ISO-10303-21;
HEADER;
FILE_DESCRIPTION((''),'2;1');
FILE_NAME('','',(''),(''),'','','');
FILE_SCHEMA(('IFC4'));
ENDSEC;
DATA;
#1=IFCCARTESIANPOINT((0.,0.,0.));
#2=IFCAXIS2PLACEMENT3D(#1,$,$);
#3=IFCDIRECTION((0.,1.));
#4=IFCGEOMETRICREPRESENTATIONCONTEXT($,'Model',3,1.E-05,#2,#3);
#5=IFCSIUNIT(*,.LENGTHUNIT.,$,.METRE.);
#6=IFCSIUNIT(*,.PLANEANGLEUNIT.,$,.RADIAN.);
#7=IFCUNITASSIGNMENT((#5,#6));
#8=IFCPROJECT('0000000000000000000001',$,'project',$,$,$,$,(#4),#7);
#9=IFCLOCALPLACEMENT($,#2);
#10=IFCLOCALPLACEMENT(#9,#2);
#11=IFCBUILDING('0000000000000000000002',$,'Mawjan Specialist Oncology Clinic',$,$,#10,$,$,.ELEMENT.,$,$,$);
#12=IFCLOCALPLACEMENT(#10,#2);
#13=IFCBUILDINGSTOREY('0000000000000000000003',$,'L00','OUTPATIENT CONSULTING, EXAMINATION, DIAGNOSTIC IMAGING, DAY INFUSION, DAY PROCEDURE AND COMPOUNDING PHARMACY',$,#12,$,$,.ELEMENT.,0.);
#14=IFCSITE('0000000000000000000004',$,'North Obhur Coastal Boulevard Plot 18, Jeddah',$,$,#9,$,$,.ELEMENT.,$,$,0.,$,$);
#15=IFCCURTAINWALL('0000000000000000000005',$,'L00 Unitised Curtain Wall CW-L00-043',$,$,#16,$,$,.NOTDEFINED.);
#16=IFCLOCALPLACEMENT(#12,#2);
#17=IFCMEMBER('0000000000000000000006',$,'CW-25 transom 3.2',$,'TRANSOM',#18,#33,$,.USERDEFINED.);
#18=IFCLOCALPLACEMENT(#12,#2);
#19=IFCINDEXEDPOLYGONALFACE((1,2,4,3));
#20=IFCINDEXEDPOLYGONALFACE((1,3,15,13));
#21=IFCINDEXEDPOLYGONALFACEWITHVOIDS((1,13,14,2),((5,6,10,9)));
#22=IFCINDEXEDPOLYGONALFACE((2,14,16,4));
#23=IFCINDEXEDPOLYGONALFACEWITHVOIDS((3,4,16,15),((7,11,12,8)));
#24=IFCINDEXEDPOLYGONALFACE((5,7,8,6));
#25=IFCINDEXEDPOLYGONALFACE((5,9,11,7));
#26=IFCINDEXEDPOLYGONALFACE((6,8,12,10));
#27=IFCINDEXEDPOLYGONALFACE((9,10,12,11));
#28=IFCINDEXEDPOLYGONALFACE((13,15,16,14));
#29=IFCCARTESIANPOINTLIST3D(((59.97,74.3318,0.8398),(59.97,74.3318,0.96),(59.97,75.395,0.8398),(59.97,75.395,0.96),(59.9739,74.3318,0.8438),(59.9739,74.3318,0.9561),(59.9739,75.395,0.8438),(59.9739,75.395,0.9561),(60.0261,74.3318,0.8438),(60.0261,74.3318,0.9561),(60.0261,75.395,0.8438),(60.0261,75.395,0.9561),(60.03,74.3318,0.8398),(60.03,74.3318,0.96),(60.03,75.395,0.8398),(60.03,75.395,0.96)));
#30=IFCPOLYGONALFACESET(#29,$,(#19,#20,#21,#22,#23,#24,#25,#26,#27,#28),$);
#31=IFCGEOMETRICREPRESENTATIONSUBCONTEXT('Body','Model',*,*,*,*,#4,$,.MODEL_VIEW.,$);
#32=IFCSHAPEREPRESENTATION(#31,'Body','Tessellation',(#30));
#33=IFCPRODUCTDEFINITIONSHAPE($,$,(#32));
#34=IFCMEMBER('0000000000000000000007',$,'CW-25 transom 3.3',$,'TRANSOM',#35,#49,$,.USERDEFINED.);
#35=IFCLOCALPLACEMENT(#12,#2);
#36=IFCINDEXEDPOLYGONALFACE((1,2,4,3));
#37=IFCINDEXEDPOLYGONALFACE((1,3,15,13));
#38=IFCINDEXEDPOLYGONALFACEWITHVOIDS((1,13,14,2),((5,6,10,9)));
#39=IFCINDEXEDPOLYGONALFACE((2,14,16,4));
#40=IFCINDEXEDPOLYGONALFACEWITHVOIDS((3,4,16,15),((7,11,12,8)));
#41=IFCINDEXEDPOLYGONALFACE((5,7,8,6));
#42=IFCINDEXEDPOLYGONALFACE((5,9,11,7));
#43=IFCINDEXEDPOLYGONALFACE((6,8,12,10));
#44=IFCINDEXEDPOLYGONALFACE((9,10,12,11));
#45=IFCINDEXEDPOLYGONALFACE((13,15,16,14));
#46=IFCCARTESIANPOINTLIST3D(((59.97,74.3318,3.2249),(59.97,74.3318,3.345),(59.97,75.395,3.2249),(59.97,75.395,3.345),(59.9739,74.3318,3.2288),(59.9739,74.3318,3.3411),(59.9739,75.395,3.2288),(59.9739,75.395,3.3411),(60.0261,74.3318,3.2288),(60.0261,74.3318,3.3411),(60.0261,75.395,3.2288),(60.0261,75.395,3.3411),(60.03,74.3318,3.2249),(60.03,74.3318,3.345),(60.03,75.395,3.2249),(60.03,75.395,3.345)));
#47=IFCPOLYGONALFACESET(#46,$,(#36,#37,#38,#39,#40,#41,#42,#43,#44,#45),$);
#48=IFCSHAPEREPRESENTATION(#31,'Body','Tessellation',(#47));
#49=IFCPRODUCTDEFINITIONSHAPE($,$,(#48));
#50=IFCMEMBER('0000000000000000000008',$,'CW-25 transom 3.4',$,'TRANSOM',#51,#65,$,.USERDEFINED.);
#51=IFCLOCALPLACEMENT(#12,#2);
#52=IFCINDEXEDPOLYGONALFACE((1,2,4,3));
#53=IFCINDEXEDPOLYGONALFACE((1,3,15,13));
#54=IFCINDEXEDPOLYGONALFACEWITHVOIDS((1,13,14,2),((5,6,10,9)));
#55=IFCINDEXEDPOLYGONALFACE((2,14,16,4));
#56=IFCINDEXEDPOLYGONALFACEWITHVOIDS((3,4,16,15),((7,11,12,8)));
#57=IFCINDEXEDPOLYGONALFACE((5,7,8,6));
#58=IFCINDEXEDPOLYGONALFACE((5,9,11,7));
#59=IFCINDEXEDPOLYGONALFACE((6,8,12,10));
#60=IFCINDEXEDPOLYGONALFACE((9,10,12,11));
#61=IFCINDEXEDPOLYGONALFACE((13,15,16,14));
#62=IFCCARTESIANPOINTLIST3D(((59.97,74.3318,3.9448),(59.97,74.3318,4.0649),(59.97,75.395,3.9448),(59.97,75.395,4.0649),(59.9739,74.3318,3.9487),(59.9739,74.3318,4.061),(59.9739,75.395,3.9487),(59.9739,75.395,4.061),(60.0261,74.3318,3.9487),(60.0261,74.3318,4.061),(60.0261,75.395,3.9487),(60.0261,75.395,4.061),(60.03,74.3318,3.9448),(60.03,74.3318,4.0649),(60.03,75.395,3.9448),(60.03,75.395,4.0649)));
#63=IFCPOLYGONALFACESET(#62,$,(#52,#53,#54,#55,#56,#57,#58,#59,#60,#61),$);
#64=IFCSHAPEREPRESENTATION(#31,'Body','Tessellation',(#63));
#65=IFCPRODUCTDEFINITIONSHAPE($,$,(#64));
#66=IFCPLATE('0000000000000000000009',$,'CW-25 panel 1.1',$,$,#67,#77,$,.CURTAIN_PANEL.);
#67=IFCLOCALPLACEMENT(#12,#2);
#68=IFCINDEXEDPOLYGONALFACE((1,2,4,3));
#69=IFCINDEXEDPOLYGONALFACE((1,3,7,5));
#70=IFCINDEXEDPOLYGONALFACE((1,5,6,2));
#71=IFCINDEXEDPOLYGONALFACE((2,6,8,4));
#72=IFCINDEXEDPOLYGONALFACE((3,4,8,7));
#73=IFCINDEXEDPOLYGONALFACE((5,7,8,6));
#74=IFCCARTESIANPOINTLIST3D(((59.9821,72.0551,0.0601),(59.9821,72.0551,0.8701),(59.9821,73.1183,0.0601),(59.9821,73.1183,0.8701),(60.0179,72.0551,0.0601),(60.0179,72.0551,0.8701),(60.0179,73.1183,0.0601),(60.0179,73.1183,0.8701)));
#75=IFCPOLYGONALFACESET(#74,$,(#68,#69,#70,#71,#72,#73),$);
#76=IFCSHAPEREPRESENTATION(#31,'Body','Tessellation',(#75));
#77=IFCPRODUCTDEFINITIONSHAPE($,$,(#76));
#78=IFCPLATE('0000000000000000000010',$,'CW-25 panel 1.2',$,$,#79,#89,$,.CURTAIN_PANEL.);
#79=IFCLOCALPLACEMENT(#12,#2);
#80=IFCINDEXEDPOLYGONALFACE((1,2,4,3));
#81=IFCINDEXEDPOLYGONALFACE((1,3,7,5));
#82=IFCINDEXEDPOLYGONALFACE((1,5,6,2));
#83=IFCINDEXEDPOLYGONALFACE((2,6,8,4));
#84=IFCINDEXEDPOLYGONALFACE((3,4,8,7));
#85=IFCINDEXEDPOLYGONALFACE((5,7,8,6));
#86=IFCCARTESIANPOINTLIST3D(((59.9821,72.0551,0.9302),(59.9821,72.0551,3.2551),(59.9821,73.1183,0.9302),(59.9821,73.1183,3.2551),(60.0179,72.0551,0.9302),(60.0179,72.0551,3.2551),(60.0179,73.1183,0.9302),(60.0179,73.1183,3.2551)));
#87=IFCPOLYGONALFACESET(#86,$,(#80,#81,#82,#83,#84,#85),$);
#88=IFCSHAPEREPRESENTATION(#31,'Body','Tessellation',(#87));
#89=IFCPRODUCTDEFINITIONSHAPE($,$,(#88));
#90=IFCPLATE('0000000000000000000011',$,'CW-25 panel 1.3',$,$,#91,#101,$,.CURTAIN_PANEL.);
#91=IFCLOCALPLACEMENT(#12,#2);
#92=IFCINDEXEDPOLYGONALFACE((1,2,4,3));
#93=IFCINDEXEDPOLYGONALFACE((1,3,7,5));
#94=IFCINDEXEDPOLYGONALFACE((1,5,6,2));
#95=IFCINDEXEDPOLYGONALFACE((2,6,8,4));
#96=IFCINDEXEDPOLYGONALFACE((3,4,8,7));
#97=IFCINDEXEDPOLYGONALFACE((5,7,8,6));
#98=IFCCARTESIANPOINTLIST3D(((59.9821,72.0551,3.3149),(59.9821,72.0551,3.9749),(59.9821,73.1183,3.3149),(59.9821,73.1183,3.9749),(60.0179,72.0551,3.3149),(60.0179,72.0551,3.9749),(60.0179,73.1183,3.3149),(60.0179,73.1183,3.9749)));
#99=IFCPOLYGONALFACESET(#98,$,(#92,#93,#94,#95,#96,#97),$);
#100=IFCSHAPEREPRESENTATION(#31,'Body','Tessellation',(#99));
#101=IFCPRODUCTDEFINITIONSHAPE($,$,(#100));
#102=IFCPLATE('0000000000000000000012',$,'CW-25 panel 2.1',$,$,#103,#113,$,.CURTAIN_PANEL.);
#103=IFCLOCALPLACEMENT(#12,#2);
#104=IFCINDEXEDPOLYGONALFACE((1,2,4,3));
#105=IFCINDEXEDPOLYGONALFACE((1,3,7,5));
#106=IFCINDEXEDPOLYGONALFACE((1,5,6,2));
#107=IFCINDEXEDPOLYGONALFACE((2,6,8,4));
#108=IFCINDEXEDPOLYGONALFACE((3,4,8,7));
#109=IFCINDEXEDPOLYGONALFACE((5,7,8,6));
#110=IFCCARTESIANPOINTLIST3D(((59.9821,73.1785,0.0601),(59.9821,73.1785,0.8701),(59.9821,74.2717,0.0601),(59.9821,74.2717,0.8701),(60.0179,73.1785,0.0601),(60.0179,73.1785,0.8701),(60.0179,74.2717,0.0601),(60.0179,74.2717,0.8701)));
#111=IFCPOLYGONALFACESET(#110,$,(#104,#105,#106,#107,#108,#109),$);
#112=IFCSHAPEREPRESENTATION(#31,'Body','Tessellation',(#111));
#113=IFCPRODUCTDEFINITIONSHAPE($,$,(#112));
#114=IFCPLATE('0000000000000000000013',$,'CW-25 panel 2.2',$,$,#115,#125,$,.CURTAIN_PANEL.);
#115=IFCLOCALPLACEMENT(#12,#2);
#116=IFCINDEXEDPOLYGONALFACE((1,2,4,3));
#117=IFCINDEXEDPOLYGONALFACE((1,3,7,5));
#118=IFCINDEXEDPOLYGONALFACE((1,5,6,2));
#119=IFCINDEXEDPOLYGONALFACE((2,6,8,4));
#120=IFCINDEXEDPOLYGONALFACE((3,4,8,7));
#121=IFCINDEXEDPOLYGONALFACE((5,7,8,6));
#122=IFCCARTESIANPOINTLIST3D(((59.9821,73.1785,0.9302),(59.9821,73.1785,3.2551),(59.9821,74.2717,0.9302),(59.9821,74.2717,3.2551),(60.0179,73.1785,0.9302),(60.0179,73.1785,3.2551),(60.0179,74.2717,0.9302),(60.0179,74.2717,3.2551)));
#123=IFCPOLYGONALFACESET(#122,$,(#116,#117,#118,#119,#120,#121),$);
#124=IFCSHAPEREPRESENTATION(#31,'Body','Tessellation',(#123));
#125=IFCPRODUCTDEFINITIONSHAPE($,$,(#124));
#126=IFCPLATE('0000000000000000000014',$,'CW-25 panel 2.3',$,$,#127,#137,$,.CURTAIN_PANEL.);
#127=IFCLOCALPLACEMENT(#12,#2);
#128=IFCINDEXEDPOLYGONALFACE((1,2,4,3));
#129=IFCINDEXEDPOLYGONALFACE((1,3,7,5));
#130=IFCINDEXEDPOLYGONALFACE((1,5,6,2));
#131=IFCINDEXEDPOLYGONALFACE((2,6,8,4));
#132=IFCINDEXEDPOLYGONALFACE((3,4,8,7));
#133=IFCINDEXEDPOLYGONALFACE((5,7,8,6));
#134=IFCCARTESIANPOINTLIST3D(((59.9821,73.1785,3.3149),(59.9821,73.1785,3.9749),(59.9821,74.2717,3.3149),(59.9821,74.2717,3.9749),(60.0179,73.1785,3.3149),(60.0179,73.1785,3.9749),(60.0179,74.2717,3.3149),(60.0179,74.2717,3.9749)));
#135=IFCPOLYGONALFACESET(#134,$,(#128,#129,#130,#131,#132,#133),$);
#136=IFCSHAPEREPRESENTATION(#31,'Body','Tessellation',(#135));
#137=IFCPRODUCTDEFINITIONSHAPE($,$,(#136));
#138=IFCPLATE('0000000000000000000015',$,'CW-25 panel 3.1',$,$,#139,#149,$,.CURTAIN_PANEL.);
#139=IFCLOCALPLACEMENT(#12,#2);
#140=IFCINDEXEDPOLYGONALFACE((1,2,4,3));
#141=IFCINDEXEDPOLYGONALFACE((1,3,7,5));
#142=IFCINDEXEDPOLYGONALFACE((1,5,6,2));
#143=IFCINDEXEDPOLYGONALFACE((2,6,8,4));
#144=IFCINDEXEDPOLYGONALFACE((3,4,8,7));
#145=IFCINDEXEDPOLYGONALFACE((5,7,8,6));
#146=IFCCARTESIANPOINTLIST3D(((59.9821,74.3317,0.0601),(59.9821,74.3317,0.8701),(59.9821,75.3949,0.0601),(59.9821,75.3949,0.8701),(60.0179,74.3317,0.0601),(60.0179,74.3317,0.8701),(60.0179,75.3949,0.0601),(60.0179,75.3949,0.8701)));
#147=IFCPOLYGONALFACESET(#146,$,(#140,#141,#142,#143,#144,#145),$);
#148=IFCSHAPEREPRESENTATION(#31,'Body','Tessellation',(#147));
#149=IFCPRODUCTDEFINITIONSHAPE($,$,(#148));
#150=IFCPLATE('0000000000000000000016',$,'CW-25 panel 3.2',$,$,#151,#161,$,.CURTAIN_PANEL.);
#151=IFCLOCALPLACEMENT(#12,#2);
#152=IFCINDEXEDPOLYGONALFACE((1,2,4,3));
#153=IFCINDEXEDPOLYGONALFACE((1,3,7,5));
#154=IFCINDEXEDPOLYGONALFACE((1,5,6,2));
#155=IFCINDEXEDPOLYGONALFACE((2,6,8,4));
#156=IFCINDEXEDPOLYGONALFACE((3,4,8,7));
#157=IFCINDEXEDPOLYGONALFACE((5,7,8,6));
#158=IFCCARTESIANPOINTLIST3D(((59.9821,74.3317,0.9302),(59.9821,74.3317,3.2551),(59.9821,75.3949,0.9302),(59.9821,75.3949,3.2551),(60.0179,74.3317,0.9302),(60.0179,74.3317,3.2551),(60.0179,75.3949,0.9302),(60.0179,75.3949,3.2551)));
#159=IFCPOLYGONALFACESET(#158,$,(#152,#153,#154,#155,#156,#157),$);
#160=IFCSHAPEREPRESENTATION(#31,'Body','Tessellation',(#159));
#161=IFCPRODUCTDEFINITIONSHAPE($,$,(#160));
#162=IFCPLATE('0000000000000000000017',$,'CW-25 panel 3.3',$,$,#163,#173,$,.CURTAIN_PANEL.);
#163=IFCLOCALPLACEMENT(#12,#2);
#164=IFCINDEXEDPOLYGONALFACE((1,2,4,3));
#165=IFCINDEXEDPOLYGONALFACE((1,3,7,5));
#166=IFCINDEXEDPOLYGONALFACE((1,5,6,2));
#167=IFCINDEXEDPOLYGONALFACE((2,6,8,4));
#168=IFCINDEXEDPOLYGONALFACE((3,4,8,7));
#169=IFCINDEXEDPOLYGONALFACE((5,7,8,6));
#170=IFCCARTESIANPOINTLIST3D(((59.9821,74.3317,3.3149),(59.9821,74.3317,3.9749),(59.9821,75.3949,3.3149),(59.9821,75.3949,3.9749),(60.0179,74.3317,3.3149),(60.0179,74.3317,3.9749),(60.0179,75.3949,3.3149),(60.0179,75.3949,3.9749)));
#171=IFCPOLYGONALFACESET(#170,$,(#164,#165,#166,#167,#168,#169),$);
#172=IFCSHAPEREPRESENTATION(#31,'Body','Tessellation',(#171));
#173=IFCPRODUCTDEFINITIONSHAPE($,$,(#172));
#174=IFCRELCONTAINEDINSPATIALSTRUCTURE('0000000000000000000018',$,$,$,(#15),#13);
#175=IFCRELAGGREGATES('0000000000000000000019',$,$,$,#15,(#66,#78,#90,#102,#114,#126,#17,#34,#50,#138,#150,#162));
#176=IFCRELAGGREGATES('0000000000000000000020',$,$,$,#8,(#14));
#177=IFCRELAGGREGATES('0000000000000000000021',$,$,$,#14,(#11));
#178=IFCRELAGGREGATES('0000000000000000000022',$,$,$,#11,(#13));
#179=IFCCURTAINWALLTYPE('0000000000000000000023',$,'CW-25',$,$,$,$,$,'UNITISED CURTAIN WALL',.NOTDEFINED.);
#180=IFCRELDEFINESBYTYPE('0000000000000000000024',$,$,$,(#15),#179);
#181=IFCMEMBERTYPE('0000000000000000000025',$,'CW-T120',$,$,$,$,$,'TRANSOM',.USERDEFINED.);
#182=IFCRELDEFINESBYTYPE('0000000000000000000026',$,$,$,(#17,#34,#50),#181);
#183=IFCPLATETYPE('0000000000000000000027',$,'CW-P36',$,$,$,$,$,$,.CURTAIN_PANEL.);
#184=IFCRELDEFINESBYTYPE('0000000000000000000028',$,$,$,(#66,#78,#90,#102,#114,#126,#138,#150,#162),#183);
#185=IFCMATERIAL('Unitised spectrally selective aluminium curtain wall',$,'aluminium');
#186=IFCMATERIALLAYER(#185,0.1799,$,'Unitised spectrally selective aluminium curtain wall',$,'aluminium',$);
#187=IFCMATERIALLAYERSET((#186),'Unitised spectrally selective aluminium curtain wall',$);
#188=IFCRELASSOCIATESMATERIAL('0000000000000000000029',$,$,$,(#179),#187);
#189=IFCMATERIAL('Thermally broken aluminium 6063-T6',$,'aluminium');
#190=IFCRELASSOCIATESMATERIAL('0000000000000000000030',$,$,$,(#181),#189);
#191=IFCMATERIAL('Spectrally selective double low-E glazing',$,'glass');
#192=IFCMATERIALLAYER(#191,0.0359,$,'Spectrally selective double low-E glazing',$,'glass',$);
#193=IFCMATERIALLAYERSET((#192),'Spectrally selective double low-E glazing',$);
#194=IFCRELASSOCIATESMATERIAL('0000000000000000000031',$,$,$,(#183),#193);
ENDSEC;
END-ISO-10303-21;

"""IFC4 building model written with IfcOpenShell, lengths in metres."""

from ifc_helpers import new_model, si_unit, direction, frame, origin, origin_2d, place, context, subcontext, project, spatial, rectangle, hollow_rectangle, extrude, material, layer, layer_set, material_profile, profile_set, type_object, element, aggregate, save


model = new_model("IFC4")

# Units and contexts
model_context = context("Model", 3, precision=1e-05, world=origin(), true_north=direction((0.0, 1.0)))
body_context = subcontext(model_context, "Body", "Model", "MODEL_VIEW")
ifc_project = project(units=[si_unit("LENGTHUNIT", "METRE"), si_unit("PLANEANGLEUNIT", "RADIAN")], contexts=[model_context])

# Site, building, storey
site_placement = place(None, origin())
site = spatial("IfcSite", under=ifc_project, at=site_placement, Name="North Obhur Coastal Boulevard Plot 18, Jeddah", CompositionType="ELEMENT", RefElevation=0.0)
building_placement = place(site_placement, origin())
building = spatial("IfcBuilding", under=site, at=building_placement, Name="Mawjan Specialist Oncology Clinic", CompositionType="ELEMENT")
storey_placement = place(building_placement, origin())
storey = spatial("IfcBuildingStorey", under=building, at=storey_placement, Name="L00", Description="OUTPATIENT CONSULTING, EXAMINATION, DIAGNOSTIC IMAGING, DAY INFUSION, DAY PROCEDURE AND COMPOUNDING PHARMACY", CompositionType="ELEMENT", Elevation=0.0)

# Curtain wall, members, plates
ifc_material_1 = material(Name="Unitised spectrally selective aluminium curtain wall", Category="aluminium")
ifc_layer_1 = layer(ifc_material_1, 0.1799, Name="Unitised spectrally selective aluminium curtain wall", Category="aluminium")
ifc_layer_set_1 = layer_set([ifc_layer_1], Name="Unitised spectrally selective aluminium curtain wall")
curtain_wall_type = type_object("IfcCurtainWallType", Name="CW-25", ElementType="UNITISED CURTAIN WALL", PredefinedType="NOTDEFINED", material=ifc_layer_set_1)
curtain_wall_placement = place(storey_placement, origin())
curtain_wall = element("IfcCurtainWall", 1, at=curtain_wall_placement, inside=storey, type_object=curtain_wall_type, Name="L00 Unitised Curtain Wall CW-L00-043", PredefinedType="NOTDEFINED")
ifc_material_2 = material(Name="Thermally broken aluminium 6063-T6", Category="aluminium")
ifc_material_profile_1 = material_profile(ifc_material_2, hollow_rectangle(XDim=0.0601, YDim=0.1201, WallThickness=0.0039, at=origin_2d()), Name="ALU TRANSOM 120x60x4", Category="aluminium")
ifc_profile_set_1 = profile_set([ifc_material_profile_1], Name="Thermally broken aluminium 6063-T6")
member_type_1 = type_object("IfcMemberType", Name="CW-T120", ElementType="TRANSOM", PredefinedType="USERDEFINED", material=ifc_profile_set_1)
member_1_placement = place(storey_placement, frame((60.0, 74.3318, 0.8999), z_axis=(0.0, 1.0, 0.0), x_axis=(-1.0, 0.0, 0.0)))
member_1 = element("IfcMember", 2, at=member_1_placement, type_object=member_type_1, Name="CW-25 transom 3.2", ObjectType="TRANSOM", PredefinedType="USERDEFINED", context=body_context, shape_type="SweptSolid", body=[
    extrude(hollow_rectangle(XDim=0.0601, YDim=0.1201, WallThickness=0.0039, at=origin_2d()), origin(), (0.0, 0.0, 1.0), 1.0632),
])
member_2_placement = place(storey_placement, frame((60.0, 74.3318, 3.2849), z_axis=(0.0, 1.0, 0.0), x_axis=(-1.0, 0.0, 0.0)))
member_2 = element("IfcMember", 3, at=member_2_placement, type_object=member_type_1, Name="CW-25 transom 3.3", ObjectType="TRANSOM", PredefinedType="USERDEFINED", context=body_context, shape_type="SweptSolid", body=[
    extrude(hollow_rectangle(XDim=0.0601, YDim=0.1201, WallThickness=0.0039, at=origin_2d()), origin(), (0.0, 0.0, 1.0), 1.0632),
])
member_3_placement = place(storey_placement, frame((60.0, 74.3318, 4.0049), z_axis=(0.0, 1.0, 0.0), x_axis=(-1.0, 0.0, 0.0)))
member_3 = element("IfcMember", 4, at=member_3_placement, type_object=member_type_1, Name="CW-25 transom 3.4", ObjectType="TRANSOM", PredefinedType="USERDEFINED", context=body_context, shape_type="SweptSolid", body=[
    extrude(hollow_rectangle(XDim=0.0601, YDim=0.1201, WallThickness=0.0039, at=origin_2d()), origin(), (0.0, 0.0, 1.0), 1.0632),
])
ifc_material_3 = material(Name="Spectrally selective double low-E glazing", Category="glass")
ifc_layer_2 = layer(ifc_material_3, 0.0359, Name="Spectrally selective double low-E glazing", Category="glass")
ifc_layer_set_2 = layer_set([ifc_layer_2], Name="Spectrally selective double low-E glazing")
plate_type = type_object("IfcPlateType", Name="CW-P36", PredefinedType="CURTAIN_PANEL", material=ifc_layer_set_2)
plate_1_placement = place(storey_placement, frame((60.0, 72.5867, 0.0601), z_axis=(0.0, 0.0, 1.0), x_axis=(0.0, 1.0, 0.0)))
plate_1 = element("IfcPlate", 5, at=plate_1_placement, type_object=plate_type, Name="CW-25 panel 1.1", PredefinedType="CURTAIN_PANEL", context=body_context, shape_type="SweptSolid", body=[
    extrude(rectangle(XDim=1.0632, YDim=0.0359, at=origin_2d()), origin(), (0.0, 0.0, 1.0), 0.8101),
])
plate_2_placement = place(storey_placement, frame((60.0, 72.5867, 0.9302), z_axis=(0.0, 0.0, 1.0), x_axis=(0.0, 1.0, 0.0)))
plate_2 = element("IfcPlate", 6, at=plate_2_placement, type_object=plate_type, Name="CW-25 panel 1.2", PredefinedType="CURTAIN_PANEL", context=body_context, shape_type="SweptSolid", body=[
    extrude(rectangle(XDim=1.0632, YDim=0.0359, at=origin_2d()), origin(), (0.0, 0.0, 1.0), 2.325),
])
plate_3_placement = place(storey_placement, frame((60.0, 72.5867, 3.3149), z_axis=(0.0, 0.0, 1.0), x_axis=(0.0, 1.0, 0.0)))
plate_3 = element("IfcPlate", 7, at=plate_3_placement, type_object=plate_type, Name="CW-25 panel 1.3", PredefinedType="CURTAIN_PANEL", context=body_context, shape_type="SweptSolid", body=[
    extrude(rectangle(XDim=1.0632, YDim=0.0359, at=origin_2d()), origin(), (0.0, 0.0, 1.0), 0.6599),
])
plate_4_placement = place(storey_placement, frame((60.0, 73.7251, 0.0601), z_axis=(0.0, 0.0, 1.0), x_axis=(0.0, 1.0, 0.0)))
plate_4 = element("IfcPlate", 8, at=plate_4_placement, type_object=plate_type, Name="CW-25 panel 2.1", PredefinedType="CURTAIN_PANEL", context=body_context, shape_type="SweptSolid", body=[
    extrude(rectangle(XDim=1.0933, YDim=0.0359, at=origin_2d()), origin(), (0.0, 0.0, 1.0), 0.8101),
])
plate_5_placement = place(storey_placement, frame((60.0, 73.7251, 0.9302), z_axis=(0.0, 0.0, 1.0), x_axis=(0.0, 1.0, 0.0)))
plate_5 = element("IfcPlate", 9, at=plate_5_placement, type_object=plate_type, Name="CW-25 panel 2.2", PredefinedType="CURTAIN_PANEL", context=body_context, shape_type="SweptSolid", body=[
    extrude(rectangle(XDim=1.0933, YDim=0.0359, at=origin_2d()), origin(), (0.0, 0.0, 1.0), 2.325),
])
plate_6_placement = place(storey_placement, frame((60.0, 73.7251, 3.3149), z_axis=(0.0, 0.0, 1.0), x_axis=(0.0, 1.0, 0.0)))
plate_6 = element("IfcPlate", 10, at=plate_6_placement, type_object=plate_type, Name="CW-25 panel 2.3", PredefinedType="CURTAIN_PANEL", context=body_context, shape_type="SweptSolid", body=[
    extrude(rectangle(XDim=1.0933, YDim=0.0359, at=origin_2d()), origin(), (0.0, 0.0, 1.0), 0.6599),
])
plate_7_placement = place(storey_placement, frame((60.0, 74.8633, 0.0601), z_axis=(0.0, 0.0, 1.0), x_axis=(0.0, 1.0, 0.0)))
plate_7 = element("IfcPlate", 11, at=plate_7_placement, type_object=plate_type, Name="CW-25 panel 3.1", PredefinedType="CURTAIN_PANEL", context=body_context, shape_type="SweptSolid", body=[
    extrude(rectangle(XDim=1.0632, YDim=0.0359, at=origin_2d()), origin(), (0.0, 0.0, 1.0), 0.8101),
])
plate_8_placement = place(storey_placement, frame((60.0, 74.8633, 0.9302), z_axis=(0.0, 0.0, 1.0), x_axis=(0.0, 1.0, 0.0)))
plate_8 = element("IfcPlate", 12, at=plate_8_placement, type_object=plate_type, Name="CW-25 panel 3.2", PredefinedType="CURTAIN_PANEL", context=body_context, shape_type="SweptSolid", body=[
    extrude(rectangle(XDim=1.0632, YDim=0.0359, at=origin_2d()), origin(), (0.0, 0.0, 1.0), 2.325),
])
plate_9_placement = place(storey_placement, frame((60.0, 74.8633, 3.3149), z_axis=(0.0, 0.0, 1.0), x_axis=(0.0, 1.0, 0.0)))
plate_9 = element("IfcPlate", 13, at=plate_9_placement, type_object=plate_type, Name="CW-25 panel 3.3", PredefinedType="CURTAIN_PANEL", context=body_context, shape_type="SweptSolid", body=[
    extrude(rectangle(XDim=1.0632, YDim=0.0359, at=origin_2d()), origin(), (0.0, 0.0, 1.0), 0.6599),
])
aggregate(curtain_wall, [plate_1, plate_2, plate_3, plate_4, plate_5, plate_6, member_1, member_2, member_3, plate_7, plate_8, plate_9])

save(model, "model.ifc")
